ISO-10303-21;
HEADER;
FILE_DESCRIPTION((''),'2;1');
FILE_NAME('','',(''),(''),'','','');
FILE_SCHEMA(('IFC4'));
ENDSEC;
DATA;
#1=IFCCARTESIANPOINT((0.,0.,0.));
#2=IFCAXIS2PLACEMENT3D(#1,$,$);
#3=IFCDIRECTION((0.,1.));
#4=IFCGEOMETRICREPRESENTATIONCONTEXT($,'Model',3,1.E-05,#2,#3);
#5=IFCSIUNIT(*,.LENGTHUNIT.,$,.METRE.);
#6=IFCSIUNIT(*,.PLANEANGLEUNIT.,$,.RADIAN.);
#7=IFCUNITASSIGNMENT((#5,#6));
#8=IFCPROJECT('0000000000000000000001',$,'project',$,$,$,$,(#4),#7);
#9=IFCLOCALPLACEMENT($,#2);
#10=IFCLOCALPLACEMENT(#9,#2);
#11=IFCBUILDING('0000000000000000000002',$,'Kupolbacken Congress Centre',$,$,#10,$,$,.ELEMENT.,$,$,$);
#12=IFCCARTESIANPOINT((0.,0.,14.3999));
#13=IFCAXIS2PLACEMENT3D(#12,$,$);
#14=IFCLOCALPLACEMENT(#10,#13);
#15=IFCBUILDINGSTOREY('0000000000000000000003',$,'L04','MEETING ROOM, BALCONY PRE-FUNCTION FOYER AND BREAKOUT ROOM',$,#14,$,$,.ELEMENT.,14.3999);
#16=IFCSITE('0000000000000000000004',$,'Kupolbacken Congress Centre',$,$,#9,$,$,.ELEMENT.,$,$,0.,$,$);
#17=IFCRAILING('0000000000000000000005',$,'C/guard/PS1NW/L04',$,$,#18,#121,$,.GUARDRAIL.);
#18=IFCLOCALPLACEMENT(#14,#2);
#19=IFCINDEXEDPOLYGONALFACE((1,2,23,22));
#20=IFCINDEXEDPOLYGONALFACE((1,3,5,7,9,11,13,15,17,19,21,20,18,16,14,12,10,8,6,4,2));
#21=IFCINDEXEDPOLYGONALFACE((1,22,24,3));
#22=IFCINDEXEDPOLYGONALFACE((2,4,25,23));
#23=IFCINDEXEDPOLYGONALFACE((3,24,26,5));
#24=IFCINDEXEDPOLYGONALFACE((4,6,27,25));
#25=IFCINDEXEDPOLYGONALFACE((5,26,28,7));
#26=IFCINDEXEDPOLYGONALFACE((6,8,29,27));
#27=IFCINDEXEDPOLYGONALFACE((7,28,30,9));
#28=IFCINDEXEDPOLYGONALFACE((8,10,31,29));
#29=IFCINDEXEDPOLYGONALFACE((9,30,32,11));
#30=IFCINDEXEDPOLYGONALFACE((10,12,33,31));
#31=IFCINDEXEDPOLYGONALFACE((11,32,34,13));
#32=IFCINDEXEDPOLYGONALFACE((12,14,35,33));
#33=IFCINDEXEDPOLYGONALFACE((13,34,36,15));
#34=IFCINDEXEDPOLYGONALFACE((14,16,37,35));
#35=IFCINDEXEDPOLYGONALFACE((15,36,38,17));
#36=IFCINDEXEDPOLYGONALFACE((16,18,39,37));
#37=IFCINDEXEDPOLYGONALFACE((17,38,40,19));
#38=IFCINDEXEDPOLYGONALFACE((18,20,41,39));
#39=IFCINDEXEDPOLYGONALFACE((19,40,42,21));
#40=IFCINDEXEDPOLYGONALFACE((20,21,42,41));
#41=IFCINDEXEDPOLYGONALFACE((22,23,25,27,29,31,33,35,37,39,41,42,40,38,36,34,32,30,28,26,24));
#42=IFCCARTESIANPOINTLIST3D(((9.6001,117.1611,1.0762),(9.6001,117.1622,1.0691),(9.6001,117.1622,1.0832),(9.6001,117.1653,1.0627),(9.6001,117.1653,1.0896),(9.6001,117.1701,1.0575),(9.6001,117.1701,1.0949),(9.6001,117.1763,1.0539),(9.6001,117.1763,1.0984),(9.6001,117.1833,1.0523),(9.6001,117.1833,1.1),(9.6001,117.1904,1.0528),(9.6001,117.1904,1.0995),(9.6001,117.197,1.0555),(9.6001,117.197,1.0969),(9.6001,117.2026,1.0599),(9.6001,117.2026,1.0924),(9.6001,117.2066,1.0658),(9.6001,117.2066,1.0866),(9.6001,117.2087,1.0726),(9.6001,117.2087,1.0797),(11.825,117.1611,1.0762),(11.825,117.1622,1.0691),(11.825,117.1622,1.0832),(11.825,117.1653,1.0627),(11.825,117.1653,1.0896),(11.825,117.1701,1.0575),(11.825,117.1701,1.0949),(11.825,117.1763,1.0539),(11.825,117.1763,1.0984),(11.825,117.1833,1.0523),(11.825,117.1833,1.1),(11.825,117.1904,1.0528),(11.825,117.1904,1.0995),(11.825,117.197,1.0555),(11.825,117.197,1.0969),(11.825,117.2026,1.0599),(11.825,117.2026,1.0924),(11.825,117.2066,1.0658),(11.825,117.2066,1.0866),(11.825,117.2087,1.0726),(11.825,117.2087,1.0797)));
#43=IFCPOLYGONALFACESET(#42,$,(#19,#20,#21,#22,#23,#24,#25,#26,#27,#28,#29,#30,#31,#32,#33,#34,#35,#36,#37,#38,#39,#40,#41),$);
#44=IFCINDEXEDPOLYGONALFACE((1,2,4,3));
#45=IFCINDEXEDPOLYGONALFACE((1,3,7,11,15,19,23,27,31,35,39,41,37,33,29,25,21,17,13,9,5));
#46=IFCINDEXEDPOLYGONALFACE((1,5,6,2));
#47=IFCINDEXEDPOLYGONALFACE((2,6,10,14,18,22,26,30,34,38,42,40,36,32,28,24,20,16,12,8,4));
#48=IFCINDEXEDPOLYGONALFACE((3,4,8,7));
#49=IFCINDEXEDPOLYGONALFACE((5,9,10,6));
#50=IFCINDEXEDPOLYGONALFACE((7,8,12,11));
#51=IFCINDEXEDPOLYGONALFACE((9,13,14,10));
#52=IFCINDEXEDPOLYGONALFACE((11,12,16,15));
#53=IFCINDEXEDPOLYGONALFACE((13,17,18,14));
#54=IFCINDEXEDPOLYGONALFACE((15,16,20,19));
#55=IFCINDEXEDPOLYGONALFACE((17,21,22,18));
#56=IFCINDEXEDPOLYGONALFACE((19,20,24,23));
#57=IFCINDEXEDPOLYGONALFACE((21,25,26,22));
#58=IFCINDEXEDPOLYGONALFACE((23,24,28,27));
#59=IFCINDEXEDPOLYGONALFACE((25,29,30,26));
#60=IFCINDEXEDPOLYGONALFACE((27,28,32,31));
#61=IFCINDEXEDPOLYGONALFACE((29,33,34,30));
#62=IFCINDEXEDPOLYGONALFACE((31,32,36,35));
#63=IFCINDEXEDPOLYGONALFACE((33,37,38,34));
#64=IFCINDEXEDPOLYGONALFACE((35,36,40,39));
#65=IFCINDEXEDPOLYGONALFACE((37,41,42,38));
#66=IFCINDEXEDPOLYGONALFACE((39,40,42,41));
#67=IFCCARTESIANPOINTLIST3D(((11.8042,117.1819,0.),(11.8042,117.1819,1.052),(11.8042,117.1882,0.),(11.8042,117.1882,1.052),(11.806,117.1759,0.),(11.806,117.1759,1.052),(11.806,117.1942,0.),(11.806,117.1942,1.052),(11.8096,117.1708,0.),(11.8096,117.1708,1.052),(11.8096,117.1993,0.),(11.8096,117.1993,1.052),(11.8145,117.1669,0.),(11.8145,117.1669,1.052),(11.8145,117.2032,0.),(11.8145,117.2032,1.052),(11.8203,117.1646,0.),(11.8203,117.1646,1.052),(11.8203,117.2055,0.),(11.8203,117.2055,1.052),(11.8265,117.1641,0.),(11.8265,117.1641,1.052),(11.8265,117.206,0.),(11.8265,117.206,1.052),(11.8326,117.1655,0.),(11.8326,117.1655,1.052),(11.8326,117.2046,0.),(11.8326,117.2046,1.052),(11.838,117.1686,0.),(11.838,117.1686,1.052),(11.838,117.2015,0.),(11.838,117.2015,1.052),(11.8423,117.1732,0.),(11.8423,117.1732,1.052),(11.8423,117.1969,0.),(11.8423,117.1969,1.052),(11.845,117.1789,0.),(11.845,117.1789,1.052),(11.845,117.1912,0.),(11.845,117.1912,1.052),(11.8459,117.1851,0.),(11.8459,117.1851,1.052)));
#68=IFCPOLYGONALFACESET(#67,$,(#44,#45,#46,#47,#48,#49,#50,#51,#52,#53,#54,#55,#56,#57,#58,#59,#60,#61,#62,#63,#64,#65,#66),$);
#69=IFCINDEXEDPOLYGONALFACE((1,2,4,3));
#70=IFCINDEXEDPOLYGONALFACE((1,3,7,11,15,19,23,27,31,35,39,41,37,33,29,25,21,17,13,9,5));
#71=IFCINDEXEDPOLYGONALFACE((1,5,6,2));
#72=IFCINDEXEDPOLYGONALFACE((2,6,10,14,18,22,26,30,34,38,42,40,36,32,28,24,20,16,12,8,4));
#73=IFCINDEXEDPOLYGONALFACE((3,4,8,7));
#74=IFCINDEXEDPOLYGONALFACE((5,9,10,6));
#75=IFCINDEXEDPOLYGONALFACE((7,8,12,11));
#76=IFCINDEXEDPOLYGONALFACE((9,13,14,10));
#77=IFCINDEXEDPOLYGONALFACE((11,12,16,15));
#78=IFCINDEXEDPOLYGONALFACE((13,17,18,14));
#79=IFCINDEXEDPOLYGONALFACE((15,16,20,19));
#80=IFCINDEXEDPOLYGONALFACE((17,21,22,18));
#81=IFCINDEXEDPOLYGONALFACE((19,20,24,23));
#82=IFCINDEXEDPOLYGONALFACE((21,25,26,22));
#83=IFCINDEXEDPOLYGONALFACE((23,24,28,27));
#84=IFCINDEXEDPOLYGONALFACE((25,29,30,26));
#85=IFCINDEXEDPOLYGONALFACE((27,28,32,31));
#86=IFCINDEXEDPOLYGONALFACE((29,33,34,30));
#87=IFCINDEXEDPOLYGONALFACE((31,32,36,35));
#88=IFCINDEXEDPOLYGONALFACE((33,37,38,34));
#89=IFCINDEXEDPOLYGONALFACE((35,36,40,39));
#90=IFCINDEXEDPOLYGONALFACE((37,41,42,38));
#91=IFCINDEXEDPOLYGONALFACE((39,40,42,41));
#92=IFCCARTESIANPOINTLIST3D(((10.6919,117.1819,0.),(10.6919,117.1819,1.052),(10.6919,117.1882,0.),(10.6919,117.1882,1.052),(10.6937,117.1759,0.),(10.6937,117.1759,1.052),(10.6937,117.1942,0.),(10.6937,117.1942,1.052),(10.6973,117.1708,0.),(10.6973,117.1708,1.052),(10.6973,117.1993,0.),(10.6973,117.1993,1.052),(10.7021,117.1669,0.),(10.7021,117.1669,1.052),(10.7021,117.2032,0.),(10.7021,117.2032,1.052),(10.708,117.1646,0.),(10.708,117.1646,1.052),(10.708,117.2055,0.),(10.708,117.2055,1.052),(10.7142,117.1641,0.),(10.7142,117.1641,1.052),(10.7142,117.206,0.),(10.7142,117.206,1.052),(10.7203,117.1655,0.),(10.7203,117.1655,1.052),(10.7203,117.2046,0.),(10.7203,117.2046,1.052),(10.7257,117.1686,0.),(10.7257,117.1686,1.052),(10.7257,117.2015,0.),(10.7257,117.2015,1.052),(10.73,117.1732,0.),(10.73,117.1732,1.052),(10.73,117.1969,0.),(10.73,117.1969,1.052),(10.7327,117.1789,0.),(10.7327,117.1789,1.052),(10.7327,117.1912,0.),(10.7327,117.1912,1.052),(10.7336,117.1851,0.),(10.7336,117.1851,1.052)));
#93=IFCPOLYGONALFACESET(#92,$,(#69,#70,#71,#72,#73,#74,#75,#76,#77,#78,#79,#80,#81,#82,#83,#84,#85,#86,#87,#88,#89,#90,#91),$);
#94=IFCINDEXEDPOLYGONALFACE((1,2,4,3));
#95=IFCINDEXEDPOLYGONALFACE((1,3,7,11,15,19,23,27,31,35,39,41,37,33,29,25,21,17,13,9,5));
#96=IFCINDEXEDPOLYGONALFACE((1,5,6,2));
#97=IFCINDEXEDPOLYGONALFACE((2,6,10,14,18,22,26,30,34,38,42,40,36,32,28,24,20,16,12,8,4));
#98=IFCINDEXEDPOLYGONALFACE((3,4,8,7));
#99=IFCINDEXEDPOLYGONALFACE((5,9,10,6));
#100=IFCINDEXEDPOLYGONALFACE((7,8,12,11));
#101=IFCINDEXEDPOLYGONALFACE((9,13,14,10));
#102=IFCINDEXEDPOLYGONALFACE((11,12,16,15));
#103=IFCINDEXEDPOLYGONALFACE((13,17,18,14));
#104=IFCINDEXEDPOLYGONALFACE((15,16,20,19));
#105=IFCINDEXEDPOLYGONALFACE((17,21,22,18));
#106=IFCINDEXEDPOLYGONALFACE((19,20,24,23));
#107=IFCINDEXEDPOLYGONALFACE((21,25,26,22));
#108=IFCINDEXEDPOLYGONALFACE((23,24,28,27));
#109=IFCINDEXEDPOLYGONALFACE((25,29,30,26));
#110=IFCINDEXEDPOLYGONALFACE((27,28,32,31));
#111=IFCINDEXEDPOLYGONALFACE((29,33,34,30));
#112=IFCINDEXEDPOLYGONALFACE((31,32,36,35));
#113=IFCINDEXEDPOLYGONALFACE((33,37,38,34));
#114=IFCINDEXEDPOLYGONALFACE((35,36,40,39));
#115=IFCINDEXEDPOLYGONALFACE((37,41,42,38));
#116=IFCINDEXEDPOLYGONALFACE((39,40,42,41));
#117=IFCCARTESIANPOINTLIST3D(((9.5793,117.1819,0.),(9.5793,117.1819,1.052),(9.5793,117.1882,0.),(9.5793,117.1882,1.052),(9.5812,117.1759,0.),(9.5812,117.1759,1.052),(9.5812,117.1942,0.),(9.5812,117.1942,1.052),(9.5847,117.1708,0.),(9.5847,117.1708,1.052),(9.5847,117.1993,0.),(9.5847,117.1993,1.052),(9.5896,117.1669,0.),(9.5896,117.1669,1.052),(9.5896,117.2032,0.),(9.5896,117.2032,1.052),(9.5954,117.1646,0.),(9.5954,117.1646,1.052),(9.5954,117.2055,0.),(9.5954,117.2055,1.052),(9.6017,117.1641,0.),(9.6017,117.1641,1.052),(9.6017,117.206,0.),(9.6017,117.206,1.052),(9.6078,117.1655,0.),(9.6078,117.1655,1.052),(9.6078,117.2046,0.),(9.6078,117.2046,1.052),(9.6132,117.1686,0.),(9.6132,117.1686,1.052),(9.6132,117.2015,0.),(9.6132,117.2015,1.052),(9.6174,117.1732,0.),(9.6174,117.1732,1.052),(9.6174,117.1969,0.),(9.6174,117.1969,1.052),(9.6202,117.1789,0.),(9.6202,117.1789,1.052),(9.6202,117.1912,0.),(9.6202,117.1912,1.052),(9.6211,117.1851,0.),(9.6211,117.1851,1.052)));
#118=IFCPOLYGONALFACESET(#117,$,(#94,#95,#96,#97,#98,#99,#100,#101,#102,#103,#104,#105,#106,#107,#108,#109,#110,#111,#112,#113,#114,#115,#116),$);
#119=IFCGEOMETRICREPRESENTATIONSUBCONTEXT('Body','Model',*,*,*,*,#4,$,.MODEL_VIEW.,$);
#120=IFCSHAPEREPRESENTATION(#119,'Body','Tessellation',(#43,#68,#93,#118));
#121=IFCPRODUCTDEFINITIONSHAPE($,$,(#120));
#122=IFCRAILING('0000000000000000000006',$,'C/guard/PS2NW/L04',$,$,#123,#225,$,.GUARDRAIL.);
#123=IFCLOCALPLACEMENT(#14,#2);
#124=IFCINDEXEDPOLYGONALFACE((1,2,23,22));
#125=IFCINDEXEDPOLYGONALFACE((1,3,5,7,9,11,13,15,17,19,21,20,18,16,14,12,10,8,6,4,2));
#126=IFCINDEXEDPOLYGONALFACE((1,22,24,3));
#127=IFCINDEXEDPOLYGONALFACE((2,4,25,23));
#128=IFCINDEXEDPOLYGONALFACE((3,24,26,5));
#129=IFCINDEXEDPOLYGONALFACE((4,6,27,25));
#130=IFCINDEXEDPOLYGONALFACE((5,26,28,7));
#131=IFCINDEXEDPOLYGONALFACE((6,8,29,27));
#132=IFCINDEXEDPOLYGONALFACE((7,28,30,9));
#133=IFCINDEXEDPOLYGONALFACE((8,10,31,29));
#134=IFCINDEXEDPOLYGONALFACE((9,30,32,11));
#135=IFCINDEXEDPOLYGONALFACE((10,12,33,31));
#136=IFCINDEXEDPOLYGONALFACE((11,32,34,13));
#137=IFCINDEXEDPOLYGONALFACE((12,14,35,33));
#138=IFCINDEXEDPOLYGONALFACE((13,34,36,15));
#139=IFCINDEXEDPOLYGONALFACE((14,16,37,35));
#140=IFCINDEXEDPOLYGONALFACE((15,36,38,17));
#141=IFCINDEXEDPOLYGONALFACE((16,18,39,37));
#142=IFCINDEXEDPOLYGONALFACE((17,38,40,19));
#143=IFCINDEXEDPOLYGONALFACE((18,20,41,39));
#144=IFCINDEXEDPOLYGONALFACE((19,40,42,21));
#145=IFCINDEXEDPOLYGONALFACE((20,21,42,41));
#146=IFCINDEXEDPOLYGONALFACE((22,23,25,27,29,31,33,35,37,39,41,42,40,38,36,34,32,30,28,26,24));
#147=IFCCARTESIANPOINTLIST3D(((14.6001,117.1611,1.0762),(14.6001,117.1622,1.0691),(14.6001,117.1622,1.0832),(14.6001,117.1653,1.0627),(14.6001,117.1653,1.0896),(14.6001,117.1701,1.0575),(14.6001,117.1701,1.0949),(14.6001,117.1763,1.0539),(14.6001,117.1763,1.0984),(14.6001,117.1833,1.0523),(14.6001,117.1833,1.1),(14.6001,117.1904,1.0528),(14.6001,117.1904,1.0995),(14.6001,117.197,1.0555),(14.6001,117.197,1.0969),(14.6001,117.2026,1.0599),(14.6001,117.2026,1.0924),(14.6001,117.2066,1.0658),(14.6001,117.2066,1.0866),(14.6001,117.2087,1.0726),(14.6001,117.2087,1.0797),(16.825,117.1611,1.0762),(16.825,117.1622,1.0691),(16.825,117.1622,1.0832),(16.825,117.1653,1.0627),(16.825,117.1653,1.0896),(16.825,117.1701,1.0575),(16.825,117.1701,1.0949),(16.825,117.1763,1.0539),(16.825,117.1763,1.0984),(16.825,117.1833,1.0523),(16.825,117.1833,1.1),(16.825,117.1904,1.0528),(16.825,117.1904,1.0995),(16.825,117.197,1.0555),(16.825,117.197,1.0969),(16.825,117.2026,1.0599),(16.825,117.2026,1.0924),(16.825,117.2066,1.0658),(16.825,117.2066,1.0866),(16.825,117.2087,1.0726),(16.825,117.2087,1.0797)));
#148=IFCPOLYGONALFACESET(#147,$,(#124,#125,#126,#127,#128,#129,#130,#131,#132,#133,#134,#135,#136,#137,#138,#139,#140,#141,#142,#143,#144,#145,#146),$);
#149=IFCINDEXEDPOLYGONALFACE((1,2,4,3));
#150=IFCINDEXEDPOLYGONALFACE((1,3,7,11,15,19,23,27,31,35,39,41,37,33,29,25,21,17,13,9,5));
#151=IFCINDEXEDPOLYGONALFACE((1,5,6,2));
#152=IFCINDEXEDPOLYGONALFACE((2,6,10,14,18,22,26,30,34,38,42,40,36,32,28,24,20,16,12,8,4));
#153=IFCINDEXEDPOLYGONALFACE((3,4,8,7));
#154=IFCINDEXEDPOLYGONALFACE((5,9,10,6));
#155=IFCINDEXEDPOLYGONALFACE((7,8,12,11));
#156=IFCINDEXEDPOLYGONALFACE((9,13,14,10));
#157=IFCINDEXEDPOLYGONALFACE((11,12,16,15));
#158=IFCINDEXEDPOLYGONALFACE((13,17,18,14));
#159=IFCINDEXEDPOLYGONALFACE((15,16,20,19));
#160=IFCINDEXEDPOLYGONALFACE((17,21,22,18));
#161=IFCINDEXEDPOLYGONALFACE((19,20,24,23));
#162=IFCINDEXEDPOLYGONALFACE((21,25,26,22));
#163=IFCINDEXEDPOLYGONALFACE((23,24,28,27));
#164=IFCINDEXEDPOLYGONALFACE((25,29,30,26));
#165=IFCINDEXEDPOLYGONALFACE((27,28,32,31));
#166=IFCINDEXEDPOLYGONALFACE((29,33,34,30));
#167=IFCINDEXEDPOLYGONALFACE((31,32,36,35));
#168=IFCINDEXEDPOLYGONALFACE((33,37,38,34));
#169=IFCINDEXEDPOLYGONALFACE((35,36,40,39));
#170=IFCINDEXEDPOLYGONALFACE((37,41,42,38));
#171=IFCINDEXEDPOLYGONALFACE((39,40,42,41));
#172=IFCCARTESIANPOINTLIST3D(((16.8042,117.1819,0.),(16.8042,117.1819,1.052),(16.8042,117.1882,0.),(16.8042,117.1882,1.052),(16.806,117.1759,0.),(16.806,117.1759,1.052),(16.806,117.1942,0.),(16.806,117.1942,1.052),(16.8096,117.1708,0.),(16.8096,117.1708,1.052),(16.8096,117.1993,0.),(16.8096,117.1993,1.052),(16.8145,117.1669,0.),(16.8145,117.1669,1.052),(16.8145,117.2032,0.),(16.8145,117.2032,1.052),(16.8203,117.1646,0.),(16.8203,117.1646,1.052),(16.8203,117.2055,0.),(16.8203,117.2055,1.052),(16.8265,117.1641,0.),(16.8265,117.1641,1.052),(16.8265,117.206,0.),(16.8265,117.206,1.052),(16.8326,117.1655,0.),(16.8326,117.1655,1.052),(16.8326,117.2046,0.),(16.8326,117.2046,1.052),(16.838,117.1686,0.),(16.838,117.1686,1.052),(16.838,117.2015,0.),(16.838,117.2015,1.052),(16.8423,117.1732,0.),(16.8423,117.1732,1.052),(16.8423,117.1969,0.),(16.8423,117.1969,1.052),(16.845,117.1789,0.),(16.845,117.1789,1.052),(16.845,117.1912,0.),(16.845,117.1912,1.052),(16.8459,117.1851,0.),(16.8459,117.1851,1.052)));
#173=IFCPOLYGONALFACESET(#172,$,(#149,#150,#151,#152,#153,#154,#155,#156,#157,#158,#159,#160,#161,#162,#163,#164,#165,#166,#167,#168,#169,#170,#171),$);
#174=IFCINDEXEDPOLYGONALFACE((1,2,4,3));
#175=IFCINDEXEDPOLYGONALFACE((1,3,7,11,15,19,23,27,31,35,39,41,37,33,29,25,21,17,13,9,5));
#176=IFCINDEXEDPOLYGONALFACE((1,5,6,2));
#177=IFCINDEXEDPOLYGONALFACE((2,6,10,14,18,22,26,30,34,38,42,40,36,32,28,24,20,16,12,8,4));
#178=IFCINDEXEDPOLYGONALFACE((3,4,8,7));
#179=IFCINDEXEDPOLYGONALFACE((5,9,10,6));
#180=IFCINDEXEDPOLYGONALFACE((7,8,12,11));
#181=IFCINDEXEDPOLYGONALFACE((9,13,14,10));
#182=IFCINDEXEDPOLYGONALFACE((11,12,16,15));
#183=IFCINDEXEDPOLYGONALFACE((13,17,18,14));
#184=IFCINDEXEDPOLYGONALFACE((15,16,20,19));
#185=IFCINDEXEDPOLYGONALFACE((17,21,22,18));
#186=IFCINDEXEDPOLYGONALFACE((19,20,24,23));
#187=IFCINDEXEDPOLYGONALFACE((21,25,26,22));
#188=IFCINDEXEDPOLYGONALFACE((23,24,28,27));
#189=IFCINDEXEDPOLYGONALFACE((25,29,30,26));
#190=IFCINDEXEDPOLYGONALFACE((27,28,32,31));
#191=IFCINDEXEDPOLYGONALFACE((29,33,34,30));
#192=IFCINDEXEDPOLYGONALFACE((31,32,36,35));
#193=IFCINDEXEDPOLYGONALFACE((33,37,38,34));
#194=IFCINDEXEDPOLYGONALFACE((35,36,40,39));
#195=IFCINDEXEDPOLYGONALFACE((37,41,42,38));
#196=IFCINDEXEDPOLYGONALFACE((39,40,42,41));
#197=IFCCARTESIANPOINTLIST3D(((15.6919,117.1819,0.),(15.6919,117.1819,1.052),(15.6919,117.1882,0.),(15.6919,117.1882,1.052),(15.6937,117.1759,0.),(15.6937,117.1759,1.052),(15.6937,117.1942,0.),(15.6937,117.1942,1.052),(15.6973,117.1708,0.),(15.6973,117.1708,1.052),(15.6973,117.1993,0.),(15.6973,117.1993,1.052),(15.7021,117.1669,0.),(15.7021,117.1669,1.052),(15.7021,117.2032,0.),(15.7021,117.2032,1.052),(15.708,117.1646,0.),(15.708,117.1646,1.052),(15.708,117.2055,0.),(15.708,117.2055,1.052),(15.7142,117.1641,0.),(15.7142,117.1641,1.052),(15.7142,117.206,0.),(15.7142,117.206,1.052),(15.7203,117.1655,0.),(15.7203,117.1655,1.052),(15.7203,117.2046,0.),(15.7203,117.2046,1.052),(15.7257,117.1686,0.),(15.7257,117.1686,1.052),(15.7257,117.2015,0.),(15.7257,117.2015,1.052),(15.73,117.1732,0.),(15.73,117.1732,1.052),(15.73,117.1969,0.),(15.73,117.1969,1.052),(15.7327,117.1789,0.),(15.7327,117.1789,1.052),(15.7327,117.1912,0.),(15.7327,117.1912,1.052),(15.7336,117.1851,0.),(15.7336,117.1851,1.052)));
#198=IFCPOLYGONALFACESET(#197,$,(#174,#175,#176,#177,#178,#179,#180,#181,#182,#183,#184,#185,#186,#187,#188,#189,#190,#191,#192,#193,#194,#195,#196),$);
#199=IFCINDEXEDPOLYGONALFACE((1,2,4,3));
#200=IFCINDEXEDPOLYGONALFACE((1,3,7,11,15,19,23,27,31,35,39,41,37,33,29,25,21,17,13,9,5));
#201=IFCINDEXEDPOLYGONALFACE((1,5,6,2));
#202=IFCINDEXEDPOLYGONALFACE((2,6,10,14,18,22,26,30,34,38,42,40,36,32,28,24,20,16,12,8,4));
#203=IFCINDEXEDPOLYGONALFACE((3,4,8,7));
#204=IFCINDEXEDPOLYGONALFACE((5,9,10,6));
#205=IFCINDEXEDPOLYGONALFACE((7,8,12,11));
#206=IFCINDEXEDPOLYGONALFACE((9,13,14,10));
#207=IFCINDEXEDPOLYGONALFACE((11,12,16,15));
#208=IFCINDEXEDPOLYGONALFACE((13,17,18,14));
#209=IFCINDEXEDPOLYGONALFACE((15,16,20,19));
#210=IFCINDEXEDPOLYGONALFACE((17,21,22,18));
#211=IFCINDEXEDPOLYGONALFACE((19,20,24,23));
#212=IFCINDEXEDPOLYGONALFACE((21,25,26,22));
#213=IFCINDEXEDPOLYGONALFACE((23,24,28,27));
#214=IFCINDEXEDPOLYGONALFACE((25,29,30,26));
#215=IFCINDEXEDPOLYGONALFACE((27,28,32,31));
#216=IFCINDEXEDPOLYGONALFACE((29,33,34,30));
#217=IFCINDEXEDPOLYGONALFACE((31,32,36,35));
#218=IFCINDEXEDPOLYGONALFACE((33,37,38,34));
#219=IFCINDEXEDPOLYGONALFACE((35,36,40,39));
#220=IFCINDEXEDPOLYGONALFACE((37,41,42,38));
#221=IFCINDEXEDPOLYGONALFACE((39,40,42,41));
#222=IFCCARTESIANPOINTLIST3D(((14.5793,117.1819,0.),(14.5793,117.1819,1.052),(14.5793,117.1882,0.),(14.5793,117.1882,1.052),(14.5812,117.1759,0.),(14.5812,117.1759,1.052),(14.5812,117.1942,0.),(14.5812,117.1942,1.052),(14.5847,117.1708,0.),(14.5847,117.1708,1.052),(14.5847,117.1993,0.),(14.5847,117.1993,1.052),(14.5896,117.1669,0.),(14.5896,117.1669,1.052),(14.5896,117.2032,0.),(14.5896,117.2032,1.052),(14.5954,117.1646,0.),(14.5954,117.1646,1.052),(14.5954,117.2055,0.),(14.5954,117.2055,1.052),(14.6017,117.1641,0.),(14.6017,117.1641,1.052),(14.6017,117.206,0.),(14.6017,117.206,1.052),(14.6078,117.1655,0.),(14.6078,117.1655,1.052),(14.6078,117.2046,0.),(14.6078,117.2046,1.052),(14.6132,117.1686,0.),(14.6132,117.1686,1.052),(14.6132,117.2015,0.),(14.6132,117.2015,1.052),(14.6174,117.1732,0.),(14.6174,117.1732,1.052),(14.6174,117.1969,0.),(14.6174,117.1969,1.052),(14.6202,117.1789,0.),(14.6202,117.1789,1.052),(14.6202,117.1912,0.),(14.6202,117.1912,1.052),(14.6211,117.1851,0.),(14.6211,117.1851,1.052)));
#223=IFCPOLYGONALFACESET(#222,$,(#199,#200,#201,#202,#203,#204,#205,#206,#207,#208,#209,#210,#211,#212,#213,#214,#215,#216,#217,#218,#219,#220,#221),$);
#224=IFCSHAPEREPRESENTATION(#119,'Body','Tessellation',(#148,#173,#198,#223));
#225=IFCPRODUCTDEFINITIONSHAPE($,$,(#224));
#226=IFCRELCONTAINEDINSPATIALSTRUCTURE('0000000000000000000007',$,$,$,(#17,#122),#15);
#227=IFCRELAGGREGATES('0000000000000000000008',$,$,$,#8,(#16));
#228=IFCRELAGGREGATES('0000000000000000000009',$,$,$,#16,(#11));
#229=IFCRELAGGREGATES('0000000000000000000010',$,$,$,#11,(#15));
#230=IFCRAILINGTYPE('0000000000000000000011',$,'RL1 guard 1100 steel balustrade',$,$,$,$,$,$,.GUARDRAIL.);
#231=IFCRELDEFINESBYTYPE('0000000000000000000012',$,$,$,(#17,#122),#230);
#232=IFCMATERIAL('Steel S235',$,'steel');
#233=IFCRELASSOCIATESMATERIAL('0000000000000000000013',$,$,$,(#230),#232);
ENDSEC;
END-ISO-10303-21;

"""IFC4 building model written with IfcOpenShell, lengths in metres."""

from ifc_helpers import new_model, si_unit, direction, frame, origin, origin_2d, place, context, subcontext, project, spatial, circle, extrude, material, type_object, element, save


model = new_model("IFC4")

# Units and contexts
model_context = context("Model", 3, precision=1e-05, world=origin(), true_north=direction((0.0, 1.0)))
body_context = subcontext(model_context, "Body", "Model", "MODEL_VIEW")
ifc_project = project(units=[si_unit("LENGTHUNIT", "METRE"), si_unit("PLANEANGLEUNIT", "RADIAN")], contexts=[model_context])

# Site, building, storey
site_placement = place(None, origin())
site = spatial("IfcSite", under=ifc_project, at=site_placement, Name="Kupolbacken Congress Centre", CompositionType="ELEMENT", RefElevation=0.0)
building_placement = place(site_placement, origin())
building = spatial("IfcBuilding", under=site, at=building_placement, Name="Kupolbacken Congress Centre", CompositionType="ELEMENT")
storey_placement = place(building_placement, frame((0.0, 0.0, 14.3999)))
storey = spatial("IfcBuildingStorey", under=building, at=storey_placement, Name="L04", Description="MEETING ROOM, BALCONY PRE-FUNCTION FOYER AND BREAKOUT ROOM", CompositionType="ELEMENT", Elevation=14.3999)

# Railings
ifc_material_1 = material(Name="Steel S235", Category="steel")
railing_type = type_object("IfcRailingType", Name="RL1 guard 1100 steel balustrade", PredefinedType="GUARDRAIL", material=ifc_material_1)
for number, where, name in (
    (1, (11.825, 117.1851, 0.0), "C/guard/PS1NW/L04"),
    (2, (16.825, 117.1851, 0.0), "C/guard/PS2NW/L04"),
):
    element("IfcRailing", number, at=place(storey_placement, frame(where)), inside=storey, type_object=railing_type, Name=name, PredefinedType="GUARDRAIL", context=body_context, shape_type="SweptSolid", body=[
        extrude(circle(Radius=0.0239, at=origin_2d()), frame((0.0, 0.0, 1.0762), z_axis=(-1.0, 0.0, 0.0), x_axis=(0.0, -1.0, 0.0)), (0.0, 0.0, 1.0), 2.2249),
        extrude(circle(Radius=0.021, at=origin_2d()), origin(), (0.0, 0.0, 1.0), 1.052),
        extrude(circle(Radius=0.021, at=origin_2d()), frame((-1.1123, 0.0, 0.0)), (0.0, 0.0, 1.0), 1.052),
        extrude(circle(Radius=0.021, at=origin_2d()), frame((-2.2249, 0.0, 0.0)), (0.0, 0.0, 1.0), 1.052),
    ])

save(model, "model.ifc")
